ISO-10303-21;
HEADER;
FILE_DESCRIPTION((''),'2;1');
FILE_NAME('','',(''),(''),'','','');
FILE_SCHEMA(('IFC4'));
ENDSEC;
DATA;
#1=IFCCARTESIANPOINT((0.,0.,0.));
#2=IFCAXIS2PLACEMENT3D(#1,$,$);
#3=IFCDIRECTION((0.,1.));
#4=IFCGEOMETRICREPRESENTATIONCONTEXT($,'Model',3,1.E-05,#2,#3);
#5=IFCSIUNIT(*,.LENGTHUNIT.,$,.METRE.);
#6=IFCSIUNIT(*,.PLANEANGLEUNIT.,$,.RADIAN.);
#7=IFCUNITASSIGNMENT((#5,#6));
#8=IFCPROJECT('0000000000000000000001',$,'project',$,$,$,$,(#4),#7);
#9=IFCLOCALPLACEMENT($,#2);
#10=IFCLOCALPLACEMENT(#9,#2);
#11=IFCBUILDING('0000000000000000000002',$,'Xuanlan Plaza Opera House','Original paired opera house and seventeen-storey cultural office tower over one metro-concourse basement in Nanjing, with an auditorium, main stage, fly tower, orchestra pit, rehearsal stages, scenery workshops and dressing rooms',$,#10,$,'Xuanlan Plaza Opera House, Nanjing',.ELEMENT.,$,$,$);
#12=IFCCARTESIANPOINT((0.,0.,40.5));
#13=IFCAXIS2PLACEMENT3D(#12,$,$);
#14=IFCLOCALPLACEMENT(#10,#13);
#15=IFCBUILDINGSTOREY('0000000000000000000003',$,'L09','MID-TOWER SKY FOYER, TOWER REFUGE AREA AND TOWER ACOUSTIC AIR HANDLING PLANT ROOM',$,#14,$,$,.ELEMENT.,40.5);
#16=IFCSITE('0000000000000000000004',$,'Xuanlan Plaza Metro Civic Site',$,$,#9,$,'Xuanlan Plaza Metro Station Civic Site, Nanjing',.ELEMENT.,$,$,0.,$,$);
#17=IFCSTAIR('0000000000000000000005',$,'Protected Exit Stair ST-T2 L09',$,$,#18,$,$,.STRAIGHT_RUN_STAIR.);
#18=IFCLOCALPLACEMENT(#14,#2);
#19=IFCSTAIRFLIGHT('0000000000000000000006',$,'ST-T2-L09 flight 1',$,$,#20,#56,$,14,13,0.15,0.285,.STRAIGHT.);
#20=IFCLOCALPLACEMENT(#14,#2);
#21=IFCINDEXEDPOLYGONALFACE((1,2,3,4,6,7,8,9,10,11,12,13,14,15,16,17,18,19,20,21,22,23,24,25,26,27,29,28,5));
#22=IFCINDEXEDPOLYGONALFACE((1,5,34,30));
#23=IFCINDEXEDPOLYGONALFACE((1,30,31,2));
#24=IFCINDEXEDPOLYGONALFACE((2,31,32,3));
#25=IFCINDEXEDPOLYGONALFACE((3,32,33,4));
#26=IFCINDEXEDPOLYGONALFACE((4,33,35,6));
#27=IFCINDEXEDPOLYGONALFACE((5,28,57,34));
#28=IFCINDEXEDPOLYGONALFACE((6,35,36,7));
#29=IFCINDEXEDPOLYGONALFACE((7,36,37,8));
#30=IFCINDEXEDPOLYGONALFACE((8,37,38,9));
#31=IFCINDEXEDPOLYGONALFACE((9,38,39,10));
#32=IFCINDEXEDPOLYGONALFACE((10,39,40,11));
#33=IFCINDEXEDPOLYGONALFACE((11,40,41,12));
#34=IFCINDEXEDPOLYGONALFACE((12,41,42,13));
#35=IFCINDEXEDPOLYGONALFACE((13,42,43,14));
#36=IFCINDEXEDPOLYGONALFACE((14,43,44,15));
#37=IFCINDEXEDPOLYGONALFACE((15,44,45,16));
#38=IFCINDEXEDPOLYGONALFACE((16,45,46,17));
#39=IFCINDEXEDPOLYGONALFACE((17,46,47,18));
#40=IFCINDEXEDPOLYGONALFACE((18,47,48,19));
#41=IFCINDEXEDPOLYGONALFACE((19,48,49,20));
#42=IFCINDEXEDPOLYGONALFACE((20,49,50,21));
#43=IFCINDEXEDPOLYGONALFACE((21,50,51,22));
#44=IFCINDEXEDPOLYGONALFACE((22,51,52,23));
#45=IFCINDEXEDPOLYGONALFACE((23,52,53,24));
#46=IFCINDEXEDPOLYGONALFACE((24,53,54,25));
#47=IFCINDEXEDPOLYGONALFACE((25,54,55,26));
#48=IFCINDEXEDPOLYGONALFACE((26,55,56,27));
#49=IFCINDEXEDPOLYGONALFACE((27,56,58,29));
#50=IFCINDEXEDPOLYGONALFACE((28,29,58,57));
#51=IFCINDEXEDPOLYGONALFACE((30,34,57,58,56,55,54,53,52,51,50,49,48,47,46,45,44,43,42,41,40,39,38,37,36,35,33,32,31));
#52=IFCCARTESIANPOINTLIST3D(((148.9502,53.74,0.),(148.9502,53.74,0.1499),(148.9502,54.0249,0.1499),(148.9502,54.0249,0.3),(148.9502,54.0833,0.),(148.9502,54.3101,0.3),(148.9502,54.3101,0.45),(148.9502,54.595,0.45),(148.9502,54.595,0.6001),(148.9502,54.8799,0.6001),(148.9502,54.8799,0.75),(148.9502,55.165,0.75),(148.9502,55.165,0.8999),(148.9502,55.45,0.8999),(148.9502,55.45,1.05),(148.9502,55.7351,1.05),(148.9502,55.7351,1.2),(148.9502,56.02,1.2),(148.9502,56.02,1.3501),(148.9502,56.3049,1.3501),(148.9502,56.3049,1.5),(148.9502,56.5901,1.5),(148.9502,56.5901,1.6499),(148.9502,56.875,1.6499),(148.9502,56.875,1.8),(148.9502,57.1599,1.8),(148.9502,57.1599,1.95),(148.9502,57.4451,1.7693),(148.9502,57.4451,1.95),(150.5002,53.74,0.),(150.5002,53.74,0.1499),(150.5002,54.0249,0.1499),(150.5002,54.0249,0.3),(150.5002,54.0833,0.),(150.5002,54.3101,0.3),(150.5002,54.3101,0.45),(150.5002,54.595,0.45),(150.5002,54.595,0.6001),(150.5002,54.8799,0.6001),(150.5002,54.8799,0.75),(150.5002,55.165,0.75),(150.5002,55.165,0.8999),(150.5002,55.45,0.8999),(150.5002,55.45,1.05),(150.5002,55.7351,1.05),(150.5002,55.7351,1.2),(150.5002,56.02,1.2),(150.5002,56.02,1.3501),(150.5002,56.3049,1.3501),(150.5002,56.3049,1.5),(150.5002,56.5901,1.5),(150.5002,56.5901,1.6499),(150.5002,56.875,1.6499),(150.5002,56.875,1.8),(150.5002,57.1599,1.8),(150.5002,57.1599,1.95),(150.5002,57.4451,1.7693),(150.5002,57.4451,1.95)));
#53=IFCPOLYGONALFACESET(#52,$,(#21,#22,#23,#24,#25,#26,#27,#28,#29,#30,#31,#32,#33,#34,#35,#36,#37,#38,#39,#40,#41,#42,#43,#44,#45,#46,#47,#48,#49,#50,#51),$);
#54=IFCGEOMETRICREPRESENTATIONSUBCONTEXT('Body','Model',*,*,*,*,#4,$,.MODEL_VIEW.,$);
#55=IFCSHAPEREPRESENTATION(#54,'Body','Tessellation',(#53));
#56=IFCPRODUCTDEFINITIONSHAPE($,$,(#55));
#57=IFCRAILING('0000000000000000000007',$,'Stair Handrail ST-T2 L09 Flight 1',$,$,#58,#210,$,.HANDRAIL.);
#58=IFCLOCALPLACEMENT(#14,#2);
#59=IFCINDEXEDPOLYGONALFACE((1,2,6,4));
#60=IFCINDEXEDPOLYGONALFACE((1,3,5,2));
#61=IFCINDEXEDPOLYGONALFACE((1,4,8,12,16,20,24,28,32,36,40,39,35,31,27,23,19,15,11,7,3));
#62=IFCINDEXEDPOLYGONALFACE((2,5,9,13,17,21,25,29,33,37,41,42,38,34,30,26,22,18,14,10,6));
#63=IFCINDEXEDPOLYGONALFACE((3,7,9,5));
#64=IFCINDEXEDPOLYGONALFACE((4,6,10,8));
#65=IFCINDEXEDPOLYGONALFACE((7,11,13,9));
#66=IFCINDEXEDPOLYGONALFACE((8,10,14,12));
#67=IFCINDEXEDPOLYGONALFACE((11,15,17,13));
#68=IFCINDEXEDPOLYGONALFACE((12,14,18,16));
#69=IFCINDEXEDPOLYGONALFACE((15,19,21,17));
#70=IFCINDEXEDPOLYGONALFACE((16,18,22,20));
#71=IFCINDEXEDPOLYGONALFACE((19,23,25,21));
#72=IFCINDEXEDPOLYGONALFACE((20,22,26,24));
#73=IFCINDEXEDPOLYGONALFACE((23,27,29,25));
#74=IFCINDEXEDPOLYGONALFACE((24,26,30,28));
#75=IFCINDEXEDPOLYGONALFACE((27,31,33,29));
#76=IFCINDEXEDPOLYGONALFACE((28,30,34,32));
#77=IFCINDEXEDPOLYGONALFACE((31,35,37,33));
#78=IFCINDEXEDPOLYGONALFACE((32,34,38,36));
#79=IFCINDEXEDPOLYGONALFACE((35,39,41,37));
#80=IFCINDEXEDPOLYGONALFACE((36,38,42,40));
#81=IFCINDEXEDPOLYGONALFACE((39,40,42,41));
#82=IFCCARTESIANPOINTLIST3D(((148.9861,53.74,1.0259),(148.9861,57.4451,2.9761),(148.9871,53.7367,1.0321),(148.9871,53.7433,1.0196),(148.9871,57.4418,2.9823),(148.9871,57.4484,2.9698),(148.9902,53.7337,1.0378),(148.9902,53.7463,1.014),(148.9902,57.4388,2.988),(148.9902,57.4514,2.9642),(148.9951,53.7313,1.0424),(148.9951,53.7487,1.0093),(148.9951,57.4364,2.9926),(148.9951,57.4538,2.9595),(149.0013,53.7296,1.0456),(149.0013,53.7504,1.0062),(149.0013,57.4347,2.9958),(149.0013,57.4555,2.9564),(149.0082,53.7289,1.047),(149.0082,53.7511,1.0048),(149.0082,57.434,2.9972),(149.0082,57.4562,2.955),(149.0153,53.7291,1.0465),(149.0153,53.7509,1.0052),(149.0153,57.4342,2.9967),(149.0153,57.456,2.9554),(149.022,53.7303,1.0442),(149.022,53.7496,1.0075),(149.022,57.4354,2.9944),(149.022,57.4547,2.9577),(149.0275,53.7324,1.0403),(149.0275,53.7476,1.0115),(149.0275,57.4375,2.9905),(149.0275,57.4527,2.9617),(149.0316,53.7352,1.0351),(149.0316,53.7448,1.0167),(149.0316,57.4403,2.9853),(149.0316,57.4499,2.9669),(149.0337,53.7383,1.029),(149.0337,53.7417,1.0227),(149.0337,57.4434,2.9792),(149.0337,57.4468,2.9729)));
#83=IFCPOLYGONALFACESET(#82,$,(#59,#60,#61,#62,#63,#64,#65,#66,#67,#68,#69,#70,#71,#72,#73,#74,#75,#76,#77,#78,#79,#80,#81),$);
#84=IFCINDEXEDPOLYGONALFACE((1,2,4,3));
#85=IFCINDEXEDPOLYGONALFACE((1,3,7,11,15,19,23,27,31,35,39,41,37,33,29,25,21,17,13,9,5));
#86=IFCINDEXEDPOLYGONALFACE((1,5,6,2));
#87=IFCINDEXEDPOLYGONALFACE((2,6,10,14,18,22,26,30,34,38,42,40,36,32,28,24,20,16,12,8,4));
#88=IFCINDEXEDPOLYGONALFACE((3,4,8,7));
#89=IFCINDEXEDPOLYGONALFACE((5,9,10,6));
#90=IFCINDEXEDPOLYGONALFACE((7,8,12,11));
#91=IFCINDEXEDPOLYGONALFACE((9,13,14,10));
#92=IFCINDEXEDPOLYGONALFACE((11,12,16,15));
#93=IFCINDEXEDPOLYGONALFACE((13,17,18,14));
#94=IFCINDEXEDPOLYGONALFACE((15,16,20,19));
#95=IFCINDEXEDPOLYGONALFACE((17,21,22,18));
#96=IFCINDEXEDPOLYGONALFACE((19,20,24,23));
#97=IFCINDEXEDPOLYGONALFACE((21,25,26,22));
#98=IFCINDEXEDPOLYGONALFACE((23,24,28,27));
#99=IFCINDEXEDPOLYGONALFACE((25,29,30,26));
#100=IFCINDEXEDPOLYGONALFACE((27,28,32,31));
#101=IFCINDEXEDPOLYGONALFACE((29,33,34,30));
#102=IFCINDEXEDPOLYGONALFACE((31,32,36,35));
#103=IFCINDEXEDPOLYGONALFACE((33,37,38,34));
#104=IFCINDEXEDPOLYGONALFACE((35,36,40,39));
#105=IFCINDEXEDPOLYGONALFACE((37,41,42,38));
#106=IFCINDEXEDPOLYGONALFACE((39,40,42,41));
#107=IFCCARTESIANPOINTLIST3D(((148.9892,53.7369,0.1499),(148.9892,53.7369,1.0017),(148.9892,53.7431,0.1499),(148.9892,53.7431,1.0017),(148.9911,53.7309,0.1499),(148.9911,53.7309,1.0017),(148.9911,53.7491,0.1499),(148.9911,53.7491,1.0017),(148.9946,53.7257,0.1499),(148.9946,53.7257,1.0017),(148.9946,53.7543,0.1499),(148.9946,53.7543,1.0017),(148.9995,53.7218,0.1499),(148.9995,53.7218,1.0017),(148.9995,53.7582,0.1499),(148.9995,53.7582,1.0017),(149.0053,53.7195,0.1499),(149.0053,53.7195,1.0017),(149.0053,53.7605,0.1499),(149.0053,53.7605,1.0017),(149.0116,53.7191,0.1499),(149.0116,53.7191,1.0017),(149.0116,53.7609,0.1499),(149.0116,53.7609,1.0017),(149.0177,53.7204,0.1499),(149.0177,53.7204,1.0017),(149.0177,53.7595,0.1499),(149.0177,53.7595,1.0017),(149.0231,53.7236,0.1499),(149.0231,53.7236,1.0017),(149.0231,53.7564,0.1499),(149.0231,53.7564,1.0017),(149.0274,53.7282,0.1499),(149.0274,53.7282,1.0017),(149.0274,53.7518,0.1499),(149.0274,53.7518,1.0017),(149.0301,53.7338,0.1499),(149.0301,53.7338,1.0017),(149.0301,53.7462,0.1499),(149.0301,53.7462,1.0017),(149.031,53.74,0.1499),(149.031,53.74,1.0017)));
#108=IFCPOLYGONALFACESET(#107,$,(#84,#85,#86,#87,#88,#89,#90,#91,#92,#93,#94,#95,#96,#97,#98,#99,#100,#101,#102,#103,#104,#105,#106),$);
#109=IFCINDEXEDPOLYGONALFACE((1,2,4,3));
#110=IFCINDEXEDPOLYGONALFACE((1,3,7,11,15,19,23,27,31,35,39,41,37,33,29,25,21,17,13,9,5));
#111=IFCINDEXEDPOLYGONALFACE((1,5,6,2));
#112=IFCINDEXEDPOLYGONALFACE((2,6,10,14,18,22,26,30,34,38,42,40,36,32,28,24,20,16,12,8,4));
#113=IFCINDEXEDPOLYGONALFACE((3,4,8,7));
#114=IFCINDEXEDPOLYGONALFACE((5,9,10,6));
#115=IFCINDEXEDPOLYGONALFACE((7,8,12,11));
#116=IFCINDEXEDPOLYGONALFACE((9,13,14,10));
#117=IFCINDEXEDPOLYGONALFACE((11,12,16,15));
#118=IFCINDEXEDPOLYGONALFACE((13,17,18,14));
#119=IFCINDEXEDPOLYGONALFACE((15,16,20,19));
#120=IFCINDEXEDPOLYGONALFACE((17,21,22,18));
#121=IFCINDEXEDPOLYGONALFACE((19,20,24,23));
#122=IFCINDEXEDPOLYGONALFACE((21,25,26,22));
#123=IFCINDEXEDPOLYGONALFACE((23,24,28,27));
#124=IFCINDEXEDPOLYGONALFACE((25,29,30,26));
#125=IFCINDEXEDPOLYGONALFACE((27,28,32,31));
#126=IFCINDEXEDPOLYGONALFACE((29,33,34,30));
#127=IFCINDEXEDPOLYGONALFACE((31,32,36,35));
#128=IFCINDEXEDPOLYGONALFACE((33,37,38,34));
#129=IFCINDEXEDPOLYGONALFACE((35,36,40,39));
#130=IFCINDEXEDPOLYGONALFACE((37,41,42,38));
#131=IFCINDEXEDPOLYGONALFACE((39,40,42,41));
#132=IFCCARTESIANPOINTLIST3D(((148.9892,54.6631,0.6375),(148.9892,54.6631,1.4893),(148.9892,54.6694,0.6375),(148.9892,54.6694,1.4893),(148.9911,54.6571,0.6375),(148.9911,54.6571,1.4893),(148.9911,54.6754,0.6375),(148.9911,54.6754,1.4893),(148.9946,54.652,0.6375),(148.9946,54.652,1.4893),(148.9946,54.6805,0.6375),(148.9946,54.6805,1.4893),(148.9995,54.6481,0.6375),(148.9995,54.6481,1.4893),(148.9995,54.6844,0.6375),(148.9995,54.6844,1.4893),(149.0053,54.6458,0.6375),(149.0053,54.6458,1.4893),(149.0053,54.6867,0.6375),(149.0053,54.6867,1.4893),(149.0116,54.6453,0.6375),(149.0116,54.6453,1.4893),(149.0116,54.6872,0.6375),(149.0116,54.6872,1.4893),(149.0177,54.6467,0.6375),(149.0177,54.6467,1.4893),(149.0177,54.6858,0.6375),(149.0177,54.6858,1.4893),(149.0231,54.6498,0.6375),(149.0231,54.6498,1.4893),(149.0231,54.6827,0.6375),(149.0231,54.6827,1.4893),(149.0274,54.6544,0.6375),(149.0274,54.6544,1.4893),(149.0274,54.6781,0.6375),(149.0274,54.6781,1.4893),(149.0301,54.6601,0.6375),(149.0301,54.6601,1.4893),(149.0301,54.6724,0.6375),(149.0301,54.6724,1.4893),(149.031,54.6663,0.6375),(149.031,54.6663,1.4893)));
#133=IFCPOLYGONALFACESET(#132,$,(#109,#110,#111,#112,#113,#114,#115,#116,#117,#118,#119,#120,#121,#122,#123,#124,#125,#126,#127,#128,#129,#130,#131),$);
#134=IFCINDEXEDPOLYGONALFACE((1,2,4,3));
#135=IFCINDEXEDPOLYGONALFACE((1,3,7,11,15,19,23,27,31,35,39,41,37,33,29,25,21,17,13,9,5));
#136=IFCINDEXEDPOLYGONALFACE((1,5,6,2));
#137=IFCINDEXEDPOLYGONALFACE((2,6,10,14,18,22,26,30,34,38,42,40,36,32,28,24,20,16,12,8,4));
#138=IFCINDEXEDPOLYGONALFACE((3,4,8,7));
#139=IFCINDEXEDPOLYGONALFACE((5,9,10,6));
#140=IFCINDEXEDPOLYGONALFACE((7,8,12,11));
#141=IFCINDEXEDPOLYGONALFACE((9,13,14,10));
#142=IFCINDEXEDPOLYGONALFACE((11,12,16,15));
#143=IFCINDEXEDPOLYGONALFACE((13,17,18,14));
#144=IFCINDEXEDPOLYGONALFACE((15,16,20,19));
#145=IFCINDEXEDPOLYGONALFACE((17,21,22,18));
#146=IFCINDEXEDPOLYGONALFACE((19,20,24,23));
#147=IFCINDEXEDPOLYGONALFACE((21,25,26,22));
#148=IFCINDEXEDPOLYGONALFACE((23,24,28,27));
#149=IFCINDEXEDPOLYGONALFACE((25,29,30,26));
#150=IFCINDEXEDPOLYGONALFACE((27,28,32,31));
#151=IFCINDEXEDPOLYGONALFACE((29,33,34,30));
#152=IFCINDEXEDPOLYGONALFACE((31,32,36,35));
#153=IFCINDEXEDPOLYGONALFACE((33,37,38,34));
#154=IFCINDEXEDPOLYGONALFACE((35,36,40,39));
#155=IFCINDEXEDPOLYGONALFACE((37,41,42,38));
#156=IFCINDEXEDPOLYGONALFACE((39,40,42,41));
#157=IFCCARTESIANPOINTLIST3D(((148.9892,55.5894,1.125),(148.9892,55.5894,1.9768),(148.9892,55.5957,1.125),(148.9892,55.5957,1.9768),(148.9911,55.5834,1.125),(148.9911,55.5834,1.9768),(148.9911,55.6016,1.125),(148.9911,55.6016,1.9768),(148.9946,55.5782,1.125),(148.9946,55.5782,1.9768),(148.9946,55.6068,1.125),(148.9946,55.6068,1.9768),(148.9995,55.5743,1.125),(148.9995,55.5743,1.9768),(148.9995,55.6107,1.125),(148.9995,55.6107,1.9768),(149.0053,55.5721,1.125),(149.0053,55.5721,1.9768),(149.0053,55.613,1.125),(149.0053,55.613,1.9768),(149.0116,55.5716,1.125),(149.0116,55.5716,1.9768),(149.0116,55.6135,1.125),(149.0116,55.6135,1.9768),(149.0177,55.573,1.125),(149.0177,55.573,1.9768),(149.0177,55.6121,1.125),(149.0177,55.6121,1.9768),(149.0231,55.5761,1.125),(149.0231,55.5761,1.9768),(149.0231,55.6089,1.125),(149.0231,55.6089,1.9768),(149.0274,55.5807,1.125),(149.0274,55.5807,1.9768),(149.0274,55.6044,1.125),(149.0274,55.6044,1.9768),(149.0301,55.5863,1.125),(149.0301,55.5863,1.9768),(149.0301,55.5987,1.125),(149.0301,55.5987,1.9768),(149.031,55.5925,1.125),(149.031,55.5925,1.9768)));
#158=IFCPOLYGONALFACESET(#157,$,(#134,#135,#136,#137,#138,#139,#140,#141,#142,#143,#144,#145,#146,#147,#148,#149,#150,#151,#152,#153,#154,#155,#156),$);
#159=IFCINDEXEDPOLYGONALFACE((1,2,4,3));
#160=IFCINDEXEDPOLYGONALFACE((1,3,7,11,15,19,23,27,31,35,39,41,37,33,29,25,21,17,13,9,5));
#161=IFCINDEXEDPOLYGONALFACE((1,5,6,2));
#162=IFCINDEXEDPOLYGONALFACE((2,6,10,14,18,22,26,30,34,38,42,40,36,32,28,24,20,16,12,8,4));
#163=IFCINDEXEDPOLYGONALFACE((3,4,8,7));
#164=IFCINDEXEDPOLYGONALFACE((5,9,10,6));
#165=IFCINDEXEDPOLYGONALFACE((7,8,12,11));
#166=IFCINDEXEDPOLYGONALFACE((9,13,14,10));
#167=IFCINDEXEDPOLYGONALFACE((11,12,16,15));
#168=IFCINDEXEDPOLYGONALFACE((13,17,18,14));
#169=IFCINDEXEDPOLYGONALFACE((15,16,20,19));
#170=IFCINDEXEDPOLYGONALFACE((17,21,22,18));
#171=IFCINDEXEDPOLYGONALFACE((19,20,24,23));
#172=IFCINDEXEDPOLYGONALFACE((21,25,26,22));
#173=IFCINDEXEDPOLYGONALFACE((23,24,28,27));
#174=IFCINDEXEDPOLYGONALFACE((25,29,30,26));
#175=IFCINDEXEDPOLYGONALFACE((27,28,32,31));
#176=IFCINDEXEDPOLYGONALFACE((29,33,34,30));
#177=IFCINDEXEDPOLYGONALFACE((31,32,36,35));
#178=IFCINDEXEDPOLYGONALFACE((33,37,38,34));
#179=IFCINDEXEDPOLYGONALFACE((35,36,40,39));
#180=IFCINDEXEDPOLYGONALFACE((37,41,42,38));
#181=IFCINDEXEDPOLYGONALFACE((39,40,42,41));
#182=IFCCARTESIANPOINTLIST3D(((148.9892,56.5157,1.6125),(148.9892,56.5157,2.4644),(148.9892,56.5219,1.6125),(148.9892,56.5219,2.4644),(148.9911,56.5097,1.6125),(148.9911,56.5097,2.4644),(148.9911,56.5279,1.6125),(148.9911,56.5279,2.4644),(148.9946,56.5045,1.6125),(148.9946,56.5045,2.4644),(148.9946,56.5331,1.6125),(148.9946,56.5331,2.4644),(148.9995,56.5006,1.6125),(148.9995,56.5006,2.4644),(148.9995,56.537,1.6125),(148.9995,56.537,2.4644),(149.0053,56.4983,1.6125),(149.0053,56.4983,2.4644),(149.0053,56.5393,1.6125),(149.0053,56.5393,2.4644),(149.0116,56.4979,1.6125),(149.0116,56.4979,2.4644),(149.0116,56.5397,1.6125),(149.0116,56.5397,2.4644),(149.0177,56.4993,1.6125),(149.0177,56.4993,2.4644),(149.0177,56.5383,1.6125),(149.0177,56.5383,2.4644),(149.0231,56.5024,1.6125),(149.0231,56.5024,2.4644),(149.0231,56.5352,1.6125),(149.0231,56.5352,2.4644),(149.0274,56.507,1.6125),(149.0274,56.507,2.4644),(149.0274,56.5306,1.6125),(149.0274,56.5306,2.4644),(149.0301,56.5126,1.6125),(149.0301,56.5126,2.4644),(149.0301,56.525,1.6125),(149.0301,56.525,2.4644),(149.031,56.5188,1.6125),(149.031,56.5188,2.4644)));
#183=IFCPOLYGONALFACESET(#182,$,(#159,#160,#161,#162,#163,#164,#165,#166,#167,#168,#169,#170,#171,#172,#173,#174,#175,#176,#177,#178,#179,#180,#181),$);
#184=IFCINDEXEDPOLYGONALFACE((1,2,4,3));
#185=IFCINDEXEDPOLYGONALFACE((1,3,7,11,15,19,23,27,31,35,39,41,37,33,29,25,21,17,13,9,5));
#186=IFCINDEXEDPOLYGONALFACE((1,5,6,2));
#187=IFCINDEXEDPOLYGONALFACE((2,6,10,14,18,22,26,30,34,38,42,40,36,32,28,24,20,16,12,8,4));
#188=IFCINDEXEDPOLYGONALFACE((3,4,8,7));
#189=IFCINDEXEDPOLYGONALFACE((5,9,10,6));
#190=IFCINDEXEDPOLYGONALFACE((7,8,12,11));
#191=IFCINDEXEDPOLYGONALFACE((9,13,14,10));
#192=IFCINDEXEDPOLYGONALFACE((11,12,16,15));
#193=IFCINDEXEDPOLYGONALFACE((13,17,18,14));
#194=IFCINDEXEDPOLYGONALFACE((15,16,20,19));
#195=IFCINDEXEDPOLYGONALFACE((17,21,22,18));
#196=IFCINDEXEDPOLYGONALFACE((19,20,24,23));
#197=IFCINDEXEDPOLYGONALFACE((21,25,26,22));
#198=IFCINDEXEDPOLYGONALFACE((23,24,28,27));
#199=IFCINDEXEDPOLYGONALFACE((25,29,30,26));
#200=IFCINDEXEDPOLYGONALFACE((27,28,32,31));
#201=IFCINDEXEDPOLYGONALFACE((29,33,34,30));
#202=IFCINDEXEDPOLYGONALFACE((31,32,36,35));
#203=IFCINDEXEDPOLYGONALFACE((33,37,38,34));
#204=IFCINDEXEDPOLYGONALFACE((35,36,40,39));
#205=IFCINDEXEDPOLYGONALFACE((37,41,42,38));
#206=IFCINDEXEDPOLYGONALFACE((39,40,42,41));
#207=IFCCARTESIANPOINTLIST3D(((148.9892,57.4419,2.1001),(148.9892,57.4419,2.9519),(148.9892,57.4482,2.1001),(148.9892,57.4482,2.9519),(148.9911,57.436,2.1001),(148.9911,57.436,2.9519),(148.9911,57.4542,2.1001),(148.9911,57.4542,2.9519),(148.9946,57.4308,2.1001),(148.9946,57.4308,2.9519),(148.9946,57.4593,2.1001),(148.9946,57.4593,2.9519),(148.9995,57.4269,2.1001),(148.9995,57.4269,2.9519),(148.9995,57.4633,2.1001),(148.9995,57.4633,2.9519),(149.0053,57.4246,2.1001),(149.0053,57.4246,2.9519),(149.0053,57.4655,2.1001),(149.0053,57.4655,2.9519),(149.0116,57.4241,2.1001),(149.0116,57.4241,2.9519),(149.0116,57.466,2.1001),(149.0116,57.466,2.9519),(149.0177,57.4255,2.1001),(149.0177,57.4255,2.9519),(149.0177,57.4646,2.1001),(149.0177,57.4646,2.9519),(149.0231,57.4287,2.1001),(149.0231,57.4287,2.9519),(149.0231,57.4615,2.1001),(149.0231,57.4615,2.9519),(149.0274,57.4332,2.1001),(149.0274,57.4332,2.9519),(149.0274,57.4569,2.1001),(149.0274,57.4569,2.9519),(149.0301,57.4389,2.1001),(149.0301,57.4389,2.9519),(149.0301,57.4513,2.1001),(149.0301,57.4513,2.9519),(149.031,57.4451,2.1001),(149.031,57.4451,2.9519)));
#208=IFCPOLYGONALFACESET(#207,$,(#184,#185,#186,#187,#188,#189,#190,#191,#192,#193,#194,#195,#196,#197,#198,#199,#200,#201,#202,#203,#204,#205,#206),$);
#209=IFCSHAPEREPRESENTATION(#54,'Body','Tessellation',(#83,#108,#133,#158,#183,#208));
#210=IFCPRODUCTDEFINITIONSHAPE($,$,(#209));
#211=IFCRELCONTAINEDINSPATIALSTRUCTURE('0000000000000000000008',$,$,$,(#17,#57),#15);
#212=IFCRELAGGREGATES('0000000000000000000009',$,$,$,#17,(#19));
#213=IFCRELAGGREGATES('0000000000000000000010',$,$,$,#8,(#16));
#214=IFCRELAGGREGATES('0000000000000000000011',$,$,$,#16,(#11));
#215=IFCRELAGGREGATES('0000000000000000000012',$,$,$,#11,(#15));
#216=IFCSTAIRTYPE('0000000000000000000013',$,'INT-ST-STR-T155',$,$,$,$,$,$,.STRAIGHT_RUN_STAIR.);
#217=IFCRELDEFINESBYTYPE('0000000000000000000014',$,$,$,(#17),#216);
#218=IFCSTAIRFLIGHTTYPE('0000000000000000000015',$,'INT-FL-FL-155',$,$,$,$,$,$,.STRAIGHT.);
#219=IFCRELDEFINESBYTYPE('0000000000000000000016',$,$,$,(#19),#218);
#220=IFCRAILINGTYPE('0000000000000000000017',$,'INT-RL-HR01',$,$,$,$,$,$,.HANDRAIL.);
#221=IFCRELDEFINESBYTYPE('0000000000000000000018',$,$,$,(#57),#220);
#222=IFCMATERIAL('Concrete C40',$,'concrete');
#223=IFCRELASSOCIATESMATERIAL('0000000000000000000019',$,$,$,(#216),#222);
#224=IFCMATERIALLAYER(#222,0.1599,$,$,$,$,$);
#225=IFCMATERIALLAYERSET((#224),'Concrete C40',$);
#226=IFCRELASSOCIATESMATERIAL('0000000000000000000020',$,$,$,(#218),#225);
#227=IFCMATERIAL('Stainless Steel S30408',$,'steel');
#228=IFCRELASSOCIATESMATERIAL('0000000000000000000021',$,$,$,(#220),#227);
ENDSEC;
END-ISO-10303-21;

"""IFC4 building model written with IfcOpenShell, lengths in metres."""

from ifc_helpers import new_model, si_unit, direction, frame, origin, origin_2d, place, context, subcontext, project, spatial, polyline, circle, outline, extrude, material, layer, layer_set, type_object, element, aggregate, save


model = new_model("IFC4")

# Units and contexts
model_context = context("Model", 3, precision=1e-05, world=origin(), true_north=direction((0.0, 1.0)))
body_context = subcontext(model_context, "Body", "Model", "MODEL_VIEW")
ifc_project = project(units=[si_unit("LENGTHUNIT", "METRE"), si_unit("PLANEANGLEUNIT", "RADIAN")], contexts=[model_context])

# Site, building, storey
site_placement = place(None, origin())
site = spatial("IfcSite", under=ifc_project, at=site_placement, Name="Xuanlan Plaza Metro Civic Site", LongName="Xuanlan Plaza Metro Station Civic Site, Nanjing", CompositionType="ELEMENT", RefElevation=0.0)
building_placement = place(site_placement, origin())
building = spatial("IfcBuilding", under=site, at=building_placement, Name="Xuanlan Plaza Opera House", Description="Original paired opera house and seventeen-storey cultural office tower over one metro-concourse basement in Nanjing, with an auditorium, main stage, fly tower, orchestra pit, rehearsal stages, scenery workshops and dressing rooms", LongName="Xuanlan Plaza Opera House, Nanjing", CompositionType="ELEMENT")
storey_placement = place(building_placement, frame((0.0, 0.0, 40.5)))
storey = spatial("IfcBuildingStorey", under=building, at=storey_placement, Name="L09", Description="MID-TOWER SKY FOYER, TOWER REFUGE AREA AND TOWER ACOUSTIC AIR HANDLING PLANT ROOM", CompositionType="ELEMENT", Elevation=40.5)

# Shared definitions
ifc_material_1 = material(Name="Concrete C40", Category="concrete")

# Stair, stair flight
stair_type = type_object("IfcStairType", Name="INT-ST-STR-T155", PredefinedType="STRAIGHT_RUN_STAIR", material=ifc_material_1)
stair_placement = place(storey_placement, origin())
stair = element("IfcStair", 1, at=stair_placement, inside=storey, type_object=stair_type, Name="Protected Exit Stair ST-T2 L09", PredefinedType="STRAIGHT_RUN_STAIR")
ifc_layer_1 = layer(ifc_material_1, 0.1599)
ifc_layer_set_1 = layer_set([ifc_layer_1], Name="Concrete C40")
stair_flight_type = type_object("IfcStairFlightType", Name="INT-FL-FL-155", PredefinedType="STRAIGHT", material=ifc_layer_set_1)
stair_flight_placement = place(storey_placement, frame((149.7251, 53.74, 0.0), z_axis=(0.0, 0.0, 1.0), x_axis=(0.0, 1.0, 0.0)))
stair_flight = element("IfcStairFlight", 2, at=stair_flight_placement, type_object=stair_flight_type, Name="ST-T2-L09 flight 1", NumberOfRisers=14, NumberOfTreads=13, PredefinedType="STRAIGHT", RiserHeight=0.15, TreadLength=0.285, context=body_context, shape_type="SweptSolid", body=[
    extrude(outline(polyline([(0.0, 0.0), (0.0, 0.1499), (0.2849, 0.1499), (0.2849, 0.3), (0.5701, 0.3), (0.5701, 0.45), (0.855, 0.45), (0.855, 0.6001), (1.1399, 0.6001), (1.1399, 0.75), (1.425, 0.75), (1.425, 0.8999), (1.71, 0.8999), (1.71, 1.05), (1.9951, 1.05), (1.9951, 1.2), (2.28, 1.2), (2.28, 1.3501), (2.5649, 1.3501), (2.5649, 1.5), (2.8501, 1.5), (2.8501, 1.6499), (3.135, 1.6499), (3.135, 1.8), (3.4199, 1.8), (3.4199, 1.95), (3.7051, 1.95), (3.7051, 2.1001), (3.7051, 1.7693), (0.3433, 0.0), (0.0, 0.0)])), frame((0.0, 0.7749, 0.0), z_axis=(0.0, -1.0, 0.0), x_axis=(1.0, 0.0, 0.0)), (0.0, 0.0, 1.0), 1.55),
])
aggregate(stair, [stair_flight])

# Railing
ifc_material_2 = material(Name="Stainless Steel S30408", Category="steel")
railing_type = type_object("IfcRailingType", Name="INT-RL-HR01", PredefinedType="HANDRAIL", material=ifc_material_2)
railing_placement = place(storey_placement, frame((149.01, 53.74, 0.1499)))
element("IfcRailing", 3, at=railing_placement, inside=storey, type_object=railing_type, Name="Stair Handrail ST-T2 L09 Flight 1", PredefinedType="HANDRAIL", context=body_context, shape_type="SweptSolid", body=[
    extrude(circle(Radius=0.0239, at=origin_2d()), frame((0.0, 0.0, 0.876), z_axis=(0.0, 0.884903, 0.465775), x_axis=(-1.0, 0.0, 0.0)), (0.0, 0.0, 1.0), 4.187),
    extrude(circle(Radius=0.021, at=origin_2d()), origin(), (0.0, 0.0, 1.0), 0.8518),
    extrude(circle(Radius=0.021, at=origin_2d()), frame((0.0, 0.9263, 0.4875)), (0.0, 0.0, 1.0), 0.8518),
    extrude(circle(Radius=0.021, at=origin_2d()), frame((0.0, 1.8525, 0.9751)), (0.0, 0.0, 1.0), 0.8518),
    extrude(circle(Radius=0.021, at=origin_2d()), frame((0.0, 2.7788, 1.4626)), (0.0, 0.0, 1.0), 0.8518),
    extrude(circle(Radius=0.021, at=origin_2d()), frame((0.0, 3.7051, 1.9502)), (0.0, 0.0, 1.0), 0.8518),
])

save(model, "model.ifc")
